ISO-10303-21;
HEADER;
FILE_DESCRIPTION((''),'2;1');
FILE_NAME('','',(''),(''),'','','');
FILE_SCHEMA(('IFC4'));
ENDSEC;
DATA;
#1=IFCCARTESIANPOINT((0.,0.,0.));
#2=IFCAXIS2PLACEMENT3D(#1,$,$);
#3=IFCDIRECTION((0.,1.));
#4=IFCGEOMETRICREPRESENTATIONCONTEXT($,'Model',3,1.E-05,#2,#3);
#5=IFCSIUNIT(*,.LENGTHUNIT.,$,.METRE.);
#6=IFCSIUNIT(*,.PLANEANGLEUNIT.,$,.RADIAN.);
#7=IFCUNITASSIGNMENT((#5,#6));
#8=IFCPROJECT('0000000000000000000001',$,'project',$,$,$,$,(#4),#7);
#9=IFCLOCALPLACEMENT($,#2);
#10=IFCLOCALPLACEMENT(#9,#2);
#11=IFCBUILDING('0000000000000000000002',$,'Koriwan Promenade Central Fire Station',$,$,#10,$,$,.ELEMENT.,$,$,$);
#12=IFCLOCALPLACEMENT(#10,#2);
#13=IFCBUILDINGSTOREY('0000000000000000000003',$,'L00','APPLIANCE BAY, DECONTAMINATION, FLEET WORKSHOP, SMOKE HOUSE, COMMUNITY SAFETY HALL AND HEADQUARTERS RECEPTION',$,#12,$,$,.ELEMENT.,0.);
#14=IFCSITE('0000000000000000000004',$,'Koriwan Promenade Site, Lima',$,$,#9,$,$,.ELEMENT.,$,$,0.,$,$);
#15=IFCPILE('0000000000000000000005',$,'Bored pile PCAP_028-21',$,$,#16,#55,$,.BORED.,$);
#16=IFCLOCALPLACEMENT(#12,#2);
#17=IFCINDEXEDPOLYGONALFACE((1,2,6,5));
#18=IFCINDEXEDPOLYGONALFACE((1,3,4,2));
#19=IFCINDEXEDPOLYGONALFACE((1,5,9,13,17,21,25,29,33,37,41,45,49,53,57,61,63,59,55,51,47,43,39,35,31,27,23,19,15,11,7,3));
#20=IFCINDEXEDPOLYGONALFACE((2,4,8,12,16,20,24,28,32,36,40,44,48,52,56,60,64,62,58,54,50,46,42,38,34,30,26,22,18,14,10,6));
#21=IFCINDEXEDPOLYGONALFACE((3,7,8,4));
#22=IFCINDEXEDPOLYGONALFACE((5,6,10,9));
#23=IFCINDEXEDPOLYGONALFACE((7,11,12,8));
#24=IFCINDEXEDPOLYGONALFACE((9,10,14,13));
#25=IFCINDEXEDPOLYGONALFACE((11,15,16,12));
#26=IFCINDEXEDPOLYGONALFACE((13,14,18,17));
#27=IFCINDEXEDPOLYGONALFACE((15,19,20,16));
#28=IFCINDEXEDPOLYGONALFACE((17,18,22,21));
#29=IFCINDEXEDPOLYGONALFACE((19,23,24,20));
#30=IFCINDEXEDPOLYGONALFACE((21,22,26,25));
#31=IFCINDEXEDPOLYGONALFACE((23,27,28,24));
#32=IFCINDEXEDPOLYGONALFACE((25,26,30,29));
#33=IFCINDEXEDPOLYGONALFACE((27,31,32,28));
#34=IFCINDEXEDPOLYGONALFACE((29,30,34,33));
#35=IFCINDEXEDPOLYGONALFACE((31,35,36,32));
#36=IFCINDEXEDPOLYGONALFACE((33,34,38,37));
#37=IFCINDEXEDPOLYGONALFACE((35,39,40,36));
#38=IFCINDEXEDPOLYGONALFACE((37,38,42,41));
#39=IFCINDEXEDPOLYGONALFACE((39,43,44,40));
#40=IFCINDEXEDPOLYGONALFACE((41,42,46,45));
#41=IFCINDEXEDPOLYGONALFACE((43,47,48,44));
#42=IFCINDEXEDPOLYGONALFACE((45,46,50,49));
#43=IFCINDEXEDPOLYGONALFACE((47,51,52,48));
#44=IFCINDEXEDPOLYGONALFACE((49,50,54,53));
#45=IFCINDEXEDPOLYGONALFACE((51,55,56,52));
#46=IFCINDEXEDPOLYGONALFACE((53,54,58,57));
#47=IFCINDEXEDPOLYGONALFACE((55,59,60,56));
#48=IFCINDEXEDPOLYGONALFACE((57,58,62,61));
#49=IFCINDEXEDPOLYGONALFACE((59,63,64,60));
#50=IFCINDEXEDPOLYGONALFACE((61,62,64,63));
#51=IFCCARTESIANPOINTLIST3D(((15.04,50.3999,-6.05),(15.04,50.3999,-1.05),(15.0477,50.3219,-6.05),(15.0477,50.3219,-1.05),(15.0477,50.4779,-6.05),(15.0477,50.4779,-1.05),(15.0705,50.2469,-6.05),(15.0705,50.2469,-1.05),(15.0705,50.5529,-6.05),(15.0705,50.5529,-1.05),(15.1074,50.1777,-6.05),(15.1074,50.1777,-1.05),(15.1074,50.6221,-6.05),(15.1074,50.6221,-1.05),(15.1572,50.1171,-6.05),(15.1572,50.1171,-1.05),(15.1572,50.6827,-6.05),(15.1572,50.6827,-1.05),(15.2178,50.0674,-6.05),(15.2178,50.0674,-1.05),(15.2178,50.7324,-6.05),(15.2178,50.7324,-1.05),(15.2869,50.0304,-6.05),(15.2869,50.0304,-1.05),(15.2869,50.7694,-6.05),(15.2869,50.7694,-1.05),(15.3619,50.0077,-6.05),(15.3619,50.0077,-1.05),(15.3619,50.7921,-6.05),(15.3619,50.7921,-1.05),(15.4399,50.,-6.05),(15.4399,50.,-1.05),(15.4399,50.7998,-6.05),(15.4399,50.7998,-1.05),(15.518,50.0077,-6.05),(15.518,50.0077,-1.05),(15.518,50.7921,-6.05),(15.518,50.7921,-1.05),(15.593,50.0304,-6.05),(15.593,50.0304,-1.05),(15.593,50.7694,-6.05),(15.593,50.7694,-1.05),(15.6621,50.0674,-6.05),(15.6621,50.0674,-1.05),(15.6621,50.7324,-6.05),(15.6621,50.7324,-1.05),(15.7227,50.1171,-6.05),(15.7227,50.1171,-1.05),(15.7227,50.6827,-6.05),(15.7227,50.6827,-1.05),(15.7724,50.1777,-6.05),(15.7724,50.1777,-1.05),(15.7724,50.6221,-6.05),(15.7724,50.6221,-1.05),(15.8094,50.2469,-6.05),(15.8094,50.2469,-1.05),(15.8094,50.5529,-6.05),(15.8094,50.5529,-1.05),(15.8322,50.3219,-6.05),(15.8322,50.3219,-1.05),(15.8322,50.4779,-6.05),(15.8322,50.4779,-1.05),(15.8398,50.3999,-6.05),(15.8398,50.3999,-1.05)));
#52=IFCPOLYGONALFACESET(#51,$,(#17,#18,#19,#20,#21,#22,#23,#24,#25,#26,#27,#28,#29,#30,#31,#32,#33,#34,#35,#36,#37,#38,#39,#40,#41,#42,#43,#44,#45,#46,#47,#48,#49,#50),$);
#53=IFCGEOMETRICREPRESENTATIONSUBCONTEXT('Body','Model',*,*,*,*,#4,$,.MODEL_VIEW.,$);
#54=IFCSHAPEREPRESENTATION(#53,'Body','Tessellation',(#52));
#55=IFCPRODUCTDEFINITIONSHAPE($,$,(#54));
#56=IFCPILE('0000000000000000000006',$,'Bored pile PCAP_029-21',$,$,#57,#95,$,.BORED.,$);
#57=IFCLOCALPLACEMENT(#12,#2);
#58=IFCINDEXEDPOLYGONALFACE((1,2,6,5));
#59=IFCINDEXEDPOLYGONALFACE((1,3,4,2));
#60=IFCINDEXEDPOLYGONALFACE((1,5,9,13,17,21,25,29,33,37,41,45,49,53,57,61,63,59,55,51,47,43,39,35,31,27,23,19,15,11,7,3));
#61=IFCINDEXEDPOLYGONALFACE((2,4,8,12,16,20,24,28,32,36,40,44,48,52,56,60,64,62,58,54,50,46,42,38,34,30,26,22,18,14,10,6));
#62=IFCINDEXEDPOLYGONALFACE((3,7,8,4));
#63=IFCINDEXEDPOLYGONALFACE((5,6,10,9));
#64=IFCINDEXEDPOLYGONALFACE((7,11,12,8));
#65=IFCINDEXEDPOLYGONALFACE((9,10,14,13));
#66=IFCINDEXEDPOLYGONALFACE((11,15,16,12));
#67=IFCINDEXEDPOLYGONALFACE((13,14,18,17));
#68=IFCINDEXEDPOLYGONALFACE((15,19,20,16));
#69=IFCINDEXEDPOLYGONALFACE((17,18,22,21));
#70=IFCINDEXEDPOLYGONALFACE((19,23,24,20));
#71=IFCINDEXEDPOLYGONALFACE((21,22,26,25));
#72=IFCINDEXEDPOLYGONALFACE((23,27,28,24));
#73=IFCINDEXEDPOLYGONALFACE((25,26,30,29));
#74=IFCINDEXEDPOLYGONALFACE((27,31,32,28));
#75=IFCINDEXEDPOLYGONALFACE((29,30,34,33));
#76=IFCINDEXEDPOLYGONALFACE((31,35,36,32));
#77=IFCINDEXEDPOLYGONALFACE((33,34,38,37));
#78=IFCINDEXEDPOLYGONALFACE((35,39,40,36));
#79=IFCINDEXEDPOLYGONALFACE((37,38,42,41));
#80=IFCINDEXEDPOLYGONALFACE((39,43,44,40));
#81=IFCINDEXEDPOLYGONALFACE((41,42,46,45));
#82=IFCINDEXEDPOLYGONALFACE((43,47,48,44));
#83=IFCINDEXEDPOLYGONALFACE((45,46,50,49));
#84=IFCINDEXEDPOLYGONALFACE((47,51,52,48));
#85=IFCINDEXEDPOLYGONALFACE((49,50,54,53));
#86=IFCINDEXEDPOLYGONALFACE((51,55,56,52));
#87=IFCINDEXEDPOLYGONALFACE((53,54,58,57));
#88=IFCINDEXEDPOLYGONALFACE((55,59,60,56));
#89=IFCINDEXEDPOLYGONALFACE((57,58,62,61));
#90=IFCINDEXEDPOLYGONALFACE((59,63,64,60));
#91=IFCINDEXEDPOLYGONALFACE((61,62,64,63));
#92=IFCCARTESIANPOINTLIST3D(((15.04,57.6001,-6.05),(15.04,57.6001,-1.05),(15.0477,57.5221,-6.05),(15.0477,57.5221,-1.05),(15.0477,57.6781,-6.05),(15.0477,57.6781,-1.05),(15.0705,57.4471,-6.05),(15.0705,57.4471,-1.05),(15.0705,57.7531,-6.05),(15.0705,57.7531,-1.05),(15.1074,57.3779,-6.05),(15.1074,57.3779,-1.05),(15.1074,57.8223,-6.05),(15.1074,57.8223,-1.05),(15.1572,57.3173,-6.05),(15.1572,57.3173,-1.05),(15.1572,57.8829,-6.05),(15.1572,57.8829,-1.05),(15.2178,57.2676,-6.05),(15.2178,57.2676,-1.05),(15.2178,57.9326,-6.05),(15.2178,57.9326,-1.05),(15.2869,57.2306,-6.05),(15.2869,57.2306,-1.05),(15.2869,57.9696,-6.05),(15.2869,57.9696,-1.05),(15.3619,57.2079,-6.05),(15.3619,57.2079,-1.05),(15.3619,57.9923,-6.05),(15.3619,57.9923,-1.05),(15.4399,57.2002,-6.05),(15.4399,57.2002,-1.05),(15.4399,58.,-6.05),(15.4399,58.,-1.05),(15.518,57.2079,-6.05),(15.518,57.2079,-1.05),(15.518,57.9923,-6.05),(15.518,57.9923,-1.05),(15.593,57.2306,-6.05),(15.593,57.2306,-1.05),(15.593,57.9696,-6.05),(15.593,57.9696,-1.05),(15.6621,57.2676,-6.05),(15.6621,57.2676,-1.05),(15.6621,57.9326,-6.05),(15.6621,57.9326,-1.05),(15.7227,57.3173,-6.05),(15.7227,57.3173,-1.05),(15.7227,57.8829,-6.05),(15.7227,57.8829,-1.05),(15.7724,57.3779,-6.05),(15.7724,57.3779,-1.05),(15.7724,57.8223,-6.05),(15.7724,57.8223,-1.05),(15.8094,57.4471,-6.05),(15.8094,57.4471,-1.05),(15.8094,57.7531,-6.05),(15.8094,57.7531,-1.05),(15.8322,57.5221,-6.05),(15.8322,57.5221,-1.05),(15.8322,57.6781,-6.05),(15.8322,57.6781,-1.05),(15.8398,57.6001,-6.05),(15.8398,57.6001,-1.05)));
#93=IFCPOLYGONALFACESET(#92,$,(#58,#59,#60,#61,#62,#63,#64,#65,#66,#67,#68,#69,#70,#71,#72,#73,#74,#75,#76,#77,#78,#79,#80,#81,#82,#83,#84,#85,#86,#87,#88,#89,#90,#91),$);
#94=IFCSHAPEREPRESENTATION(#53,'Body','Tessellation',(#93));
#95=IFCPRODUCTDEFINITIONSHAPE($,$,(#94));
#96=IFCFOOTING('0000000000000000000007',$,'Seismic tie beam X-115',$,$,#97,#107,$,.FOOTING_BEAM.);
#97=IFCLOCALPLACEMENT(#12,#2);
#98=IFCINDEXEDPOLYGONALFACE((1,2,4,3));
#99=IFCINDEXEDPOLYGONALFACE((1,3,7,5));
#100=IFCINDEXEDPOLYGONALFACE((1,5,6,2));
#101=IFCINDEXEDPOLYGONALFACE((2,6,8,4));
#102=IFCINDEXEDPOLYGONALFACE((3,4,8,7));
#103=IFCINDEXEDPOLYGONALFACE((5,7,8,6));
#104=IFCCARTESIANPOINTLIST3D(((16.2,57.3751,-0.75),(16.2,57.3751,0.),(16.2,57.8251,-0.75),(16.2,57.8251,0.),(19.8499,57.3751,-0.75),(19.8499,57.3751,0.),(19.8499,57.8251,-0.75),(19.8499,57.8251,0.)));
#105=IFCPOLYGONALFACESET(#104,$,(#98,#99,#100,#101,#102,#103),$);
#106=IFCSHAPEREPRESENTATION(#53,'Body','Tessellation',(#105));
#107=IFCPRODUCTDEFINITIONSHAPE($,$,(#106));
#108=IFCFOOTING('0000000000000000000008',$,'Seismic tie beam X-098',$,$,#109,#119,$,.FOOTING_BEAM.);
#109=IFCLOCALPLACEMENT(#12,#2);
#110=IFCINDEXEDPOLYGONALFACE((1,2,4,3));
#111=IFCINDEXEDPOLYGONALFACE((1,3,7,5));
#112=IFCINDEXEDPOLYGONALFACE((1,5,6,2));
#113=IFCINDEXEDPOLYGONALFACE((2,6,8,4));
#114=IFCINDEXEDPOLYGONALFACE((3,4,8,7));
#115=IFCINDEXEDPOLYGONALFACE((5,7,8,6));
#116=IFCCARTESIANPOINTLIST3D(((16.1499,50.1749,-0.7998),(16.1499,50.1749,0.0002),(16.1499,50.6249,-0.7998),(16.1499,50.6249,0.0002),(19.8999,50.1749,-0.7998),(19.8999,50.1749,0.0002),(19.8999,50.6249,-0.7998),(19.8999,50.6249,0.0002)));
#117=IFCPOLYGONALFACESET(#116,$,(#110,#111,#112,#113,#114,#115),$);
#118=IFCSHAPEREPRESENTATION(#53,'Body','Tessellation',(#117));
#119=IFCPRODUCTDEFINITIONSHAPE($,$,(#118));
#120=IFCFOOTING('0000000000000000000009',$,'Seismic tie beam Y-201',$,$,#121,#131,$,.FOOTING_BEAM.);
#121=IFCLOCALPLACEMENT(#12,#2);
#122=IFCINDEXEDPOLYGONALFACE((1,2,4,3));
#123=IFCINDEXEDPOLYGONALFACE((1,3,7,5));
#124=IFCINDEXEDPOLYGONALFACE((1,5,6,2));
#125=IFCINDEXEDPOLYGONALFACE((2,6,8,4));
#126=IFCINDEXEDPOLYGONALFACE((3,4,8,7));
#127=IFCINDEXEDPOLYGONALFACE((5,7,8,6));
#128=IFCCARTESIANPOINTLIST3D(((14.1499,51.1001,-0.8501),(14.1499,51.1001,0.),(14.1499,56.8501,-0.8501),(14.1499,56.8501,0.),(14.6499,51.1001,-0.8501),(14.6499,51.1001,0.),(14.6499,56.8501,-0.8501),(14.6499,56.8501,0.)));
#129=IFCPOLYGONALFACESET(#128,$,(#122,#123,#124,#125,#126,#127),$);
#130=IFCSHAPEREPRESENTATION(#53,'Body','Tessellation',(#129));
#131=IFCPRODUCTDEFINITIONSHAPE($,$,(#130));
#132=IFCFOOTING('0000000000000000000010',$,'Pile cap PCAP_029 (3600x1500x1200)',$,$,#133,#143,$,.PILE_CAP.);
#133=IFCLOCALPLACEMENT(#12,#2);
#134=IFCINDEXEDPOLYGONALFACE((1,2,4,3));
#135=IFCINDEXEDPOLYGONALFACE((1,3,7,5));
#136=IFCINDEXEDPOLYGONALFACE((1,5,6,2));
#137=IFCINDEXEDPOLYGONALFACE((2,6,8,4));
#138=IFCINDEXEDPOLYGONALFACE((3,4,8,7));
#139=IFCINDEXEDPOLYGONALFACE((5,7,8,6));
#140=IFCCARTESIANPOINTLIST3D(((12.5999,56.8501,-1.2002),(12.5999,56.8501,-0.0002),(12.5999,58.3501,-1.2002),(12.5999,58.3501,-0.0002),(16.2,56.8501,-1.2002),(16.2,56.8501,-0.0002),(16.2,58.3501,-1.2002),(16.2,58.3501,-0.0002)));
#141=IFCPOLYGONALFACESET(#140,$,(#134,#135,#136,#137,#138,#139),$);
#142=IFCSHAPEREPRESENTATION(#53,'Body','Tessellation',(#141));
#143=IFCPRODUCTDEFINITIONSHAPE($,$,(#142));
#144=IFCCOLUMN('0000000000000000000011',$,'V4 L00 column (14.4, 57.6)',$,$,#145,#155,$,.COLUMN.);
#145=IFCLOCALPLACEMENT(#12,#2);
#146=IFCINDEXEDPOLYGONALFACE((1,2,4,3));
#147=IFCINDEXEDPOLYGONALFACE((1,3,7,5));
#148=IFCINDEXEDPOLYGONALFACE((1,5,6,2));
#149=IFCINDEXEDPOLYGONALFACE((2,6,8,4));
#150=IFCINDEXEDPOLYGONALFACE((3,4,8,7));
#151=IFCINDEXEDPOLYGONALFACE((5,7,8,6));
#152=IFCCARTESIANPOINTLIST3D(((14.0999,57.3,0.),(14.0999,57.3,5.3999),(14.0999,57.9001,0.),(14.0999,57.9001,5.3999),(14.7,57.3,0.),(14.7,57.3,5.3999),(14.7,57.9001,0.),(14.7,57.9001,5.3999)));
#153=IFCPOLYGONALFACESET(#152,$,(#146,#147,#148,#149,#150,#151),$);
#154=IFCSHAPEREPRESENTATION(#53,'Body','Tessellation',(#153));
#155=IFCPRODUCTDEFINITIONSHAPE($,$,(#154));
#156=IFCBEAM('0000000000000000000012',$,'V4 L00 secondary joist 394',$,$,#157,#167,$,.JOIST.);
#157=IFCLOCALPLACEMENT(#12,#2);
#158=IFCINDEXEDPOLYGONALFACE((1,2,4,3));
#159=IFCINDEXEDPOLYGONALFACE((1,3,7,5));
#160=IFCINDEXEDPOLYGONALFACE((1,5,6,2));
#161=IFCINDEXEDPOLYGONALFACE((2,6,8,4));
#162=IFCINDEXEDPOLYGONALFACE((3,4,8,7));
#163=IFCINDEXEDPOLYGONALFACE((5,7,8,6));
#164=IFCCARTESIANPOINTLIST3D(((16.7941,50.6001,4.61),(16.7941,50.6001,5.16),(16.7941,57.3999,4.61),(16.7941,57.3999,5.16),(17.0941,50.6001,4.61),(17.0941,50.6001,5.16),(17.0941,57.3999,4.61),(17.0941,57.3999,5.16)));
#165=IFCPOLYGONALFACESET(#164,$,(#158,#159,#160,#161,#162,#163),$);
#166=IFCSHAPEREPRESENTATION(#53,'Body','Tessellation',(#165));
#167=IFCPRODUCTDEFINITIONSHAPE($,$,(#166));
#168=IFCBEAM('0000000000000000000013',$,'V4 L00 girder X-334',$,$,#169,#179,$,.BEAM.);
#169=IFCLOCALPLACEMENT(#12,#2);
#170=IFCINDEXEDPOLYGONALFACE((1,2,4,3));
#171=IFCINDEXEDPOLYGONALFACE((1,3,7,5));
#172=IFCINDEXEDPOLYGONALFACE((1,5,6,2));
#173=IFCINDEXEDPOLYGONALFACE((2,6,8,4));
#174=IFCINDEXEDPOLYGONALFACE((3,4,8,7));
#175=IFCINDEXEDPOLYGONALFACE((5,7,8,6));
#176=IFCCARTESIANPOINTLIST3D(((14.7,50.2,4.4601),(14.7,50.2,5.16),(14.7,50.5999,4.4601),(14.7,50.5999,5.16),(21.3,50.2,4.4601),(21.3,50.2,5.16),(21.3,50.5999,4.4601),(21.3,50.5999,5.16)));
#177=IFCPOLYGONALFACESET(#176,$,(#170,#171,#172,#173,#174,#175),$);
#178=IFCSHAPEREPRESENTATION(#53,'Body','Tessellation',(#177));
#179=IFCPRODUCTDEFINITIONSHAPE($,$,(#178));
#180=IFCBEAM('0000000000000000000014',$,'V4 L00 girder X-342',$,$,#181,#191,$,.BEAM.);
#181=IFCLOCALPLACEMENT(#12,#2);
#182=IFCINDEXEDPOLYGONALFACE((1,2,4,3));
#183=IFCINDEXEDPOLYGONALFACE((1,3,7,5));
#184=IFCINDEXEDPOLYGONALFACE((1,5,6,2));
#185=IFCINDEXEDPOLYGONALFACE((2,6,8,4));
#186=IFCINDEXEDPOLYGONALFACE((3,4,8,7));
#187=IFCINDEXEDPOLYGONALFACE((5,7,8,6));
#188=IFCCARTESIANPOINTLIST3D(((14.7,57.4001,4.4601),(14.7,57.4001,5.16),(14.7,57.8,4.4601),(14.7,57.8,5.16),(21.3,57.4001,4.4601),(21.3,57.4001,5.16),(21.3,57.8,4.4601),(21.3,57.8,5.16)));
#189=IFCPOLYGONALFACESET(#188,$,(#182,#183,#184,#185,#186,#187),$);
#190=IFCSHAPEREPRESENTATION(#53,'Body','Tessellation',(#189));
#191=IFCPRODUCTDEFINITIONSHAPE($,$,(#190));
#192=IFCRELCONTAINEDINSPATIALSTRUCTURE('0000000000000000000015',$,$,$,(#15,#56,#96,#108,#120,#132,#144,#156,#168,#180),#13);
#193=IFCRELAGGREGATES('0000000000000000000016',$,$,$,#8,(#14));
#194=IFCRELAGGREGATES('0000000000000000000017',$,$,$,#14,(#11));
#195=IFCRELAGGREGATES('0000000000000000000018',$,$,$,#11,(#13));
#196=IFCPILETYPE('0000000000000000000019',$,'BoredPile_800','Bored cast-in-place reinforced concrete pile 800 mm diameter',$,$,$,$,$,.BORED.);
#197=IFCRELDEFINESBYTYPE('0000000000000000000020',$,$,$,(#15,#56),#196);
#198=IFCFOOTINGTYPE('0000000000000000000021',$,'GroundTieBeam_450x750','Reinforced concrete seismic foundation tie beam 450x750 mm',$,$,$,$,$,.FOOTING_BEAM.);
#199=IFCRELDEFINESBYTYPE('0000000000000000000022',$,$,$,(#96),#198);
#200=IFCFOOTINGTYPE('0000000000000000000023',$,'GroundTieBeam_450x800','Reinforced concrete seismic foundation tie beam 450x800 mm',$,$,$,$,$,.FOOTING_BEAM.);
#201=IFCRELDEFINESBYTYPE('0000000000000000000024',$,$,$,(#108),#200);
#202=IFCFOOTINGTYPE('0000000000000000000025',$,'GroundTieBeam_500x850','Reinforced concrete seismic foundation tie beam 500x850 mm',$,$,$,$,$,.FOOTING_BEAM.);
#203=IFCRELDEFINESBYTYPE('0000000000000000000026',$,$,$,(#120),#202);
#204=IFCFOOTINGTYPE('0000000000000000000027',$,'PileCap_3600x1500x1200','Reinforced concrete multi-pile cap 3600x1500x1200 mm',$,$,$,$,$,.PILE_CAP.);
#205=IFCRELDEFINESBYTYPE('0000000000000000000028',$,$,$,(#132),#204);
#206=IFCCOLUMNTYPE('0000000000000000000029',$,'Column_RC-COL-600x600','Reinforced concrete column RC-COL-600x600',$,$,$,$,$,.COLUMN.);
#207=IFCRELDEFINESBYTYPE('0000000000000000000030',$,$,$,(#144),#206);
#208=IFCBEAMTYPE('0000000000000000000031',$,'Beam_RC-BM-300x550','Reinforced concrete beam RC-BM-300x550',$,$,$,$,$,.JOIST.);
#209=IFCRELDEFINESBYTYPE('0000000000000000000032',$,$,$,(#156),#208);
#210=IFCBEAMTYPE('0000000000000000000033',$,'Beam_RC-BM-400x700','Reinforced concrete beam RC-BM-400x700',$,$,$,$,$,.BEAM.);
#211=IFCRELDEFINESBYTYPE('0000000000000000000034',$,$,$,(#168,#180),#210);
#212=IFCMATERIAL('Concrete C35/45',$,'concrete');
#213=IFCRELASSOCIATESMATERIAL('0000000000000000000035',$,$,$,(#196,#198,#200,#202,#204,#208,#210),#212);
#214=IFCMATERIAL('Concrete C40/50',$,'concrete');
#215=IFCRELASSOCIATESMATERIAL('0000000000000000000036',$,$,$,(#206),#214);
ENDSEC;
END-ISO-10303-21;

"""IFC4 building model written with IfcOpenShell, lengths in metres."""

from ifc_helpers import new_model, si_unit, direction, frame, origin, origin_2d, place, context, subcontext, project, spatial, rectangle, circle, extrude, material, material_profile, profile_set, type_object, element, save


model = new_model("IFC4")

# Units and contexts
model_context = context("Model", 3, precision=1e-05, world=origin(), true_north=direction((0.0, 1.0)))
body_context = subcontext(model_context, "Body", "Model", "MODEL_VIEW")
ifc_project = project(units=[si_unit("LENGTHUNIT", "METRE"), si_unit("PLANEANGLEUNIT", "RADIAN")], contexts=[model_context])

# Site, building, storey
site_placement = place(None, origin())
site = spatial("IfcSite", under=ifc_project, at=site_placement, Name="Koriwan Promenade Site, Lima", CompositionType="ELEMENT", RefElevation=0.0)
building_placement = place(site_placement, origin())
building = spatial("IfcBuilding", under=site, at=building_placement, Name="Koriwan Promenade Central Fire Station", CompositionType="ELEMENT")
storey_placement = place(building_placement, origin())
storey = spatial("IfcBuildingStorey", under=building, at=storey_placement, Name="L00", Description="APPLIANCE BAY, DECONTAMINATION, FLEET WORKSHOP, SMOKE HOUSE, COMMUNITY SAFETY HALL AND HEADQUARTERS RECEPTION", CompositionType="ELEMENT", Elevation=0.0)

# Piles
ifc_material_1 = material(Name="Concrete C35/45", Category="concrete")
ifc_material_profile_1 = material_profile(ifc_material_1, circle(Radius=0.3999, at=origin_2d()), Name="PILE-D800")
ifc_profile_set_1 = profile_set([ifc_material_profile_1], Name="Concrete C35/45")
pile_type = type_object("IfcPileType", Name="BoredPile_800", Description="Bored cast-in-place reinforced concrete pile 800 mm diameter", PredefinedType="BORED", material=ifc_profile_set_1)
for number, where, z_axis, x_axis, name in (
    (1, (15.4399, 50.3999, -1.05), (0.0, 0.0, -1.0), (1.0, 0.0, 0.0), "Bored pile PCAP_028-21"),
    (2, (15.4399, 57.6001, -1.05), (0.0, 0.0, -1.0), (1.0, 0.0, 0.0), "Bored pile PCAP_029-21"),
):
    element("IfcPile", number, at=place(storey_placement, frame(where, z_axis=z_axis, x_axis=x_axis)), inside=storey, type_object=pile_type, Name=name, PredefinedType="BORED", context=body_context, shape_type="SweptSolid", body=[
        extrude(circle(Radius=0.3999, at=origin_2d()), origin(), (0.0, 0.0, 1.0), 5.0),
    ])

# Footings
footing_type_1 = type_object("IfcFootingType", Name="GroundTieBeam_450x750", Description="Reinforced concrete seismic foundation tie beam 450x750 mm", PredefinedType="FOOTING_BEAM", material=ifc_material_1)
footing_1_placement = place(storey_placement, frame((18.0249, 57.6001, -0.75), z_axis=(0.0, 0.0, 1.0), x_axis=(1.0, 0.0, 0.0)))
element("IfcFooting", 3, at=footing_1_placement, inside=storey, type_object=footing_type_1, Name="Seismic tie beam X-115", PredefinedType="FOOTING_BEAM", context=body_context, shape_type="SweptSolid", body=[
    extrude(rectangle(XDim=3.6499, YDim=0.45, at=origin_2d()), origin(), (0.0, 0.0, 1.0), 0.75),
])
footing_type_2 = type_object("IfcFootingType", Name="GroundTieBeam_450x800", Description="Reinforced concrete seismic foundation tie beam 450x800 mm", PredefinedType="FOOTING_BEAM", material=ifc_material_1)
footing_2_placement = place(storey_placement, frame((18.0249, 50.3999, -0.7998), z_axis=(0.0, 0.0, 1.0), x_axis=(1.0, 0.0, 0.0)))
element("IfcFooting", 4, at=footing_2_placement, inside=storey, type_object=footing_type_2, Name="Seismic tie beam X-098", PredefinedType="FOOTING_BEAM", context=body_context, shape_type="SweptSolid", body=[
    extrude(rectangle(XDim=3.75, YDim=0.45, at=origin_2d()), origin(), (0.0, 0.0, 1.0), 0.8),
])
footing_type_3 = type_object("IfcFootingType", Name="GroundTieBeam_500x850", Description="Reinforced concrete seismic foundation tie beam 500x850 mm", PredefinedType="FOOTING_BEAM", material=ifc_material_1)
footing_3_placement = place(storey_placement, frame((14.3999, 53.9751, -0.8501), z_axis=(0.0, 0.0, 1.0), x_axis=(0.0, 1.0, 0.0)))
element("IfcFooting", 5, at=footing_3_placement, inside=storey, type_object=footing_type_3, Name="Seismic tie beam Y-201", PredefinedType="FOOTING_BEAM", context=body_context, shape_type="SweptSolid", body=[
    extrude(rectangle(XDim=5.75, YDim=0.5, at=origin_2d()), origin(), (0.0, 0.0, 1.0), 0.8501),
])
footing_type_4 = type_object("IfcFootingType", Name="PileCap_3600x1500x1200", Description="Reinforced concrete multi-pile cap 3600x1500x1200 mm", PredefinedType="PILE_CAP", material=ifc_material_1)
footing_4_placement = place(storey_placement, frame((14.3999, 57.6001, -1.2002), z_axis=(0.0, 0.0, 1.0), x_axis=(1.0, 0.0, 0.0)))
element("IfcFooting", 6, at=footing_4_placement, inside=storey, type_object=footing_type_4, Name="Pile cap PCAP_029 (3600x1500x1200)", PredefinedType="PILE_CAP", context=body_context, shape_type="SweptSolid", body=[
    extrude(rectangle(XDim=3.6001, YDim=1.5, at=origin_2d()), origin(), (0.0, 0.0, 1.0), 1.2),
])

# Column
ifc_material_2 = material(Name="Concrete C40/50", Category="concrete")
ifc_material_profile_2 = material_profile(ifc_material_2, rectangle(XDim=0.6001, YDim=0.6001, at=origin_2d()), Name="RC-COL-600x600")
ifc_profile_set_2 = profile_set([ifc_material_profile_2], Name="Concrete C40/50")
column_type = type_object("IfcColumnType", Name="Column_RC-COL-600x600", Description="Reinforced concrete column RC-COL-600x600", PredefinedType="COLUMN", material=ifc_profile_set_2)
column_placement = place(storey_placement, frame((14.3999, 57.6001, 0.0), z_axis=(0.0, 0.0, 1.0), x_axis=(1.0, 0.0, 0.0)))
element("IfcColumn", 7, at=column_placement, inside=storey, type_object=column_type, Name="V4 L00 column (14.4, 57.6)", PredefinedType="COLUMN", context=body_context, shape_type="SweptSolid", body=[
    extrude(rectangle(XDim=0.6001, YDim=0.6001, at=origin_2d()), origin(), (0.0, 0.0, 1.0), 5.3999),
])

# Beams
ifc_material_profile_3 = material_profile(ifc_material_1, rectangle(XDim=0.3, YDim=0.55, at=origin_2d()), Name="RC-BM-300x550")
ifc_profile_set_3 = profile_set([ifc_material_profile_3], Name="Concrete C35/45")
beam_type_1 = type_object("IfcBeamType", Name="Beam_RC-BM-300x550", Description="Reinforced concrete beam RC-BM-300x550", PredefinedType="JOIST", material=ifc_profile_set_3)
beam_placement = place(storey_placement, frame((16.9441, 50.6001, 4.885), z_axis=(0.0, 1.0, 0.0), x_axis=(-1.0, 0.0, 0.0)))
element("IfcBeam", 8, at=beam_placement, inside=storey, type_object=beam_type_1, Name="V4 L00 secondary joist 394", PredefinedType="JOIST", context=body_context, shape_type="SweptSolid", body=[
    extrude(rectangle(XDim=0.3, YDim=0.55, at=origin_2d()), origin(), (0.0, 0.0, 1.0), 6.7998),
])
ifc_material_profile_4 = material_profile(ifc_material_1, rectangle(XDim=0.3999, YDim=0.7, at=origin_2d()), Name="RC-BM-400x700")
ifc_profile_set_4 = profile_set([ifc_material_profile_4], Name="Concrete C35/45")
beam_type_2 = type_object("IfcBeamType", Name="Beam_RC-BM-400x700", Description="Reinforced concrete beam RC-BM-400x700", PredefinedType="BEAM", material=ifc_profile_set_4)
for number, where, z_axis, x_axis, name in (
    (9, (14.7, 50.3999, 4.8101), (1.0, 0.0, 0.0), (0.0, 1.0, 0.0), "V4 L00 girder X-334"),
    (10, (14.7, 57.6001, 4.8101), (1.0, 0.0, 0.0), (0.0, 1.0, 0.0), "V4 L00 girder X-342"),
):
    element("IfcBeam", number, at=place(storey_placement, frame(where, z_axis=z_axis, x_axis=x_axis)), inside=storey, type_object=beam_type_2, Name=name, PredefinedType="BEAM", context=body_context, shape_type="SweptSolid", body=[
        extrude(rectangle(XDim=0.3999, YDim=0.7, at=origin_2d()), origin(), (0.0, 0.0, 1.0), 6.6001),
    ])

save(model, "model.ifc")
